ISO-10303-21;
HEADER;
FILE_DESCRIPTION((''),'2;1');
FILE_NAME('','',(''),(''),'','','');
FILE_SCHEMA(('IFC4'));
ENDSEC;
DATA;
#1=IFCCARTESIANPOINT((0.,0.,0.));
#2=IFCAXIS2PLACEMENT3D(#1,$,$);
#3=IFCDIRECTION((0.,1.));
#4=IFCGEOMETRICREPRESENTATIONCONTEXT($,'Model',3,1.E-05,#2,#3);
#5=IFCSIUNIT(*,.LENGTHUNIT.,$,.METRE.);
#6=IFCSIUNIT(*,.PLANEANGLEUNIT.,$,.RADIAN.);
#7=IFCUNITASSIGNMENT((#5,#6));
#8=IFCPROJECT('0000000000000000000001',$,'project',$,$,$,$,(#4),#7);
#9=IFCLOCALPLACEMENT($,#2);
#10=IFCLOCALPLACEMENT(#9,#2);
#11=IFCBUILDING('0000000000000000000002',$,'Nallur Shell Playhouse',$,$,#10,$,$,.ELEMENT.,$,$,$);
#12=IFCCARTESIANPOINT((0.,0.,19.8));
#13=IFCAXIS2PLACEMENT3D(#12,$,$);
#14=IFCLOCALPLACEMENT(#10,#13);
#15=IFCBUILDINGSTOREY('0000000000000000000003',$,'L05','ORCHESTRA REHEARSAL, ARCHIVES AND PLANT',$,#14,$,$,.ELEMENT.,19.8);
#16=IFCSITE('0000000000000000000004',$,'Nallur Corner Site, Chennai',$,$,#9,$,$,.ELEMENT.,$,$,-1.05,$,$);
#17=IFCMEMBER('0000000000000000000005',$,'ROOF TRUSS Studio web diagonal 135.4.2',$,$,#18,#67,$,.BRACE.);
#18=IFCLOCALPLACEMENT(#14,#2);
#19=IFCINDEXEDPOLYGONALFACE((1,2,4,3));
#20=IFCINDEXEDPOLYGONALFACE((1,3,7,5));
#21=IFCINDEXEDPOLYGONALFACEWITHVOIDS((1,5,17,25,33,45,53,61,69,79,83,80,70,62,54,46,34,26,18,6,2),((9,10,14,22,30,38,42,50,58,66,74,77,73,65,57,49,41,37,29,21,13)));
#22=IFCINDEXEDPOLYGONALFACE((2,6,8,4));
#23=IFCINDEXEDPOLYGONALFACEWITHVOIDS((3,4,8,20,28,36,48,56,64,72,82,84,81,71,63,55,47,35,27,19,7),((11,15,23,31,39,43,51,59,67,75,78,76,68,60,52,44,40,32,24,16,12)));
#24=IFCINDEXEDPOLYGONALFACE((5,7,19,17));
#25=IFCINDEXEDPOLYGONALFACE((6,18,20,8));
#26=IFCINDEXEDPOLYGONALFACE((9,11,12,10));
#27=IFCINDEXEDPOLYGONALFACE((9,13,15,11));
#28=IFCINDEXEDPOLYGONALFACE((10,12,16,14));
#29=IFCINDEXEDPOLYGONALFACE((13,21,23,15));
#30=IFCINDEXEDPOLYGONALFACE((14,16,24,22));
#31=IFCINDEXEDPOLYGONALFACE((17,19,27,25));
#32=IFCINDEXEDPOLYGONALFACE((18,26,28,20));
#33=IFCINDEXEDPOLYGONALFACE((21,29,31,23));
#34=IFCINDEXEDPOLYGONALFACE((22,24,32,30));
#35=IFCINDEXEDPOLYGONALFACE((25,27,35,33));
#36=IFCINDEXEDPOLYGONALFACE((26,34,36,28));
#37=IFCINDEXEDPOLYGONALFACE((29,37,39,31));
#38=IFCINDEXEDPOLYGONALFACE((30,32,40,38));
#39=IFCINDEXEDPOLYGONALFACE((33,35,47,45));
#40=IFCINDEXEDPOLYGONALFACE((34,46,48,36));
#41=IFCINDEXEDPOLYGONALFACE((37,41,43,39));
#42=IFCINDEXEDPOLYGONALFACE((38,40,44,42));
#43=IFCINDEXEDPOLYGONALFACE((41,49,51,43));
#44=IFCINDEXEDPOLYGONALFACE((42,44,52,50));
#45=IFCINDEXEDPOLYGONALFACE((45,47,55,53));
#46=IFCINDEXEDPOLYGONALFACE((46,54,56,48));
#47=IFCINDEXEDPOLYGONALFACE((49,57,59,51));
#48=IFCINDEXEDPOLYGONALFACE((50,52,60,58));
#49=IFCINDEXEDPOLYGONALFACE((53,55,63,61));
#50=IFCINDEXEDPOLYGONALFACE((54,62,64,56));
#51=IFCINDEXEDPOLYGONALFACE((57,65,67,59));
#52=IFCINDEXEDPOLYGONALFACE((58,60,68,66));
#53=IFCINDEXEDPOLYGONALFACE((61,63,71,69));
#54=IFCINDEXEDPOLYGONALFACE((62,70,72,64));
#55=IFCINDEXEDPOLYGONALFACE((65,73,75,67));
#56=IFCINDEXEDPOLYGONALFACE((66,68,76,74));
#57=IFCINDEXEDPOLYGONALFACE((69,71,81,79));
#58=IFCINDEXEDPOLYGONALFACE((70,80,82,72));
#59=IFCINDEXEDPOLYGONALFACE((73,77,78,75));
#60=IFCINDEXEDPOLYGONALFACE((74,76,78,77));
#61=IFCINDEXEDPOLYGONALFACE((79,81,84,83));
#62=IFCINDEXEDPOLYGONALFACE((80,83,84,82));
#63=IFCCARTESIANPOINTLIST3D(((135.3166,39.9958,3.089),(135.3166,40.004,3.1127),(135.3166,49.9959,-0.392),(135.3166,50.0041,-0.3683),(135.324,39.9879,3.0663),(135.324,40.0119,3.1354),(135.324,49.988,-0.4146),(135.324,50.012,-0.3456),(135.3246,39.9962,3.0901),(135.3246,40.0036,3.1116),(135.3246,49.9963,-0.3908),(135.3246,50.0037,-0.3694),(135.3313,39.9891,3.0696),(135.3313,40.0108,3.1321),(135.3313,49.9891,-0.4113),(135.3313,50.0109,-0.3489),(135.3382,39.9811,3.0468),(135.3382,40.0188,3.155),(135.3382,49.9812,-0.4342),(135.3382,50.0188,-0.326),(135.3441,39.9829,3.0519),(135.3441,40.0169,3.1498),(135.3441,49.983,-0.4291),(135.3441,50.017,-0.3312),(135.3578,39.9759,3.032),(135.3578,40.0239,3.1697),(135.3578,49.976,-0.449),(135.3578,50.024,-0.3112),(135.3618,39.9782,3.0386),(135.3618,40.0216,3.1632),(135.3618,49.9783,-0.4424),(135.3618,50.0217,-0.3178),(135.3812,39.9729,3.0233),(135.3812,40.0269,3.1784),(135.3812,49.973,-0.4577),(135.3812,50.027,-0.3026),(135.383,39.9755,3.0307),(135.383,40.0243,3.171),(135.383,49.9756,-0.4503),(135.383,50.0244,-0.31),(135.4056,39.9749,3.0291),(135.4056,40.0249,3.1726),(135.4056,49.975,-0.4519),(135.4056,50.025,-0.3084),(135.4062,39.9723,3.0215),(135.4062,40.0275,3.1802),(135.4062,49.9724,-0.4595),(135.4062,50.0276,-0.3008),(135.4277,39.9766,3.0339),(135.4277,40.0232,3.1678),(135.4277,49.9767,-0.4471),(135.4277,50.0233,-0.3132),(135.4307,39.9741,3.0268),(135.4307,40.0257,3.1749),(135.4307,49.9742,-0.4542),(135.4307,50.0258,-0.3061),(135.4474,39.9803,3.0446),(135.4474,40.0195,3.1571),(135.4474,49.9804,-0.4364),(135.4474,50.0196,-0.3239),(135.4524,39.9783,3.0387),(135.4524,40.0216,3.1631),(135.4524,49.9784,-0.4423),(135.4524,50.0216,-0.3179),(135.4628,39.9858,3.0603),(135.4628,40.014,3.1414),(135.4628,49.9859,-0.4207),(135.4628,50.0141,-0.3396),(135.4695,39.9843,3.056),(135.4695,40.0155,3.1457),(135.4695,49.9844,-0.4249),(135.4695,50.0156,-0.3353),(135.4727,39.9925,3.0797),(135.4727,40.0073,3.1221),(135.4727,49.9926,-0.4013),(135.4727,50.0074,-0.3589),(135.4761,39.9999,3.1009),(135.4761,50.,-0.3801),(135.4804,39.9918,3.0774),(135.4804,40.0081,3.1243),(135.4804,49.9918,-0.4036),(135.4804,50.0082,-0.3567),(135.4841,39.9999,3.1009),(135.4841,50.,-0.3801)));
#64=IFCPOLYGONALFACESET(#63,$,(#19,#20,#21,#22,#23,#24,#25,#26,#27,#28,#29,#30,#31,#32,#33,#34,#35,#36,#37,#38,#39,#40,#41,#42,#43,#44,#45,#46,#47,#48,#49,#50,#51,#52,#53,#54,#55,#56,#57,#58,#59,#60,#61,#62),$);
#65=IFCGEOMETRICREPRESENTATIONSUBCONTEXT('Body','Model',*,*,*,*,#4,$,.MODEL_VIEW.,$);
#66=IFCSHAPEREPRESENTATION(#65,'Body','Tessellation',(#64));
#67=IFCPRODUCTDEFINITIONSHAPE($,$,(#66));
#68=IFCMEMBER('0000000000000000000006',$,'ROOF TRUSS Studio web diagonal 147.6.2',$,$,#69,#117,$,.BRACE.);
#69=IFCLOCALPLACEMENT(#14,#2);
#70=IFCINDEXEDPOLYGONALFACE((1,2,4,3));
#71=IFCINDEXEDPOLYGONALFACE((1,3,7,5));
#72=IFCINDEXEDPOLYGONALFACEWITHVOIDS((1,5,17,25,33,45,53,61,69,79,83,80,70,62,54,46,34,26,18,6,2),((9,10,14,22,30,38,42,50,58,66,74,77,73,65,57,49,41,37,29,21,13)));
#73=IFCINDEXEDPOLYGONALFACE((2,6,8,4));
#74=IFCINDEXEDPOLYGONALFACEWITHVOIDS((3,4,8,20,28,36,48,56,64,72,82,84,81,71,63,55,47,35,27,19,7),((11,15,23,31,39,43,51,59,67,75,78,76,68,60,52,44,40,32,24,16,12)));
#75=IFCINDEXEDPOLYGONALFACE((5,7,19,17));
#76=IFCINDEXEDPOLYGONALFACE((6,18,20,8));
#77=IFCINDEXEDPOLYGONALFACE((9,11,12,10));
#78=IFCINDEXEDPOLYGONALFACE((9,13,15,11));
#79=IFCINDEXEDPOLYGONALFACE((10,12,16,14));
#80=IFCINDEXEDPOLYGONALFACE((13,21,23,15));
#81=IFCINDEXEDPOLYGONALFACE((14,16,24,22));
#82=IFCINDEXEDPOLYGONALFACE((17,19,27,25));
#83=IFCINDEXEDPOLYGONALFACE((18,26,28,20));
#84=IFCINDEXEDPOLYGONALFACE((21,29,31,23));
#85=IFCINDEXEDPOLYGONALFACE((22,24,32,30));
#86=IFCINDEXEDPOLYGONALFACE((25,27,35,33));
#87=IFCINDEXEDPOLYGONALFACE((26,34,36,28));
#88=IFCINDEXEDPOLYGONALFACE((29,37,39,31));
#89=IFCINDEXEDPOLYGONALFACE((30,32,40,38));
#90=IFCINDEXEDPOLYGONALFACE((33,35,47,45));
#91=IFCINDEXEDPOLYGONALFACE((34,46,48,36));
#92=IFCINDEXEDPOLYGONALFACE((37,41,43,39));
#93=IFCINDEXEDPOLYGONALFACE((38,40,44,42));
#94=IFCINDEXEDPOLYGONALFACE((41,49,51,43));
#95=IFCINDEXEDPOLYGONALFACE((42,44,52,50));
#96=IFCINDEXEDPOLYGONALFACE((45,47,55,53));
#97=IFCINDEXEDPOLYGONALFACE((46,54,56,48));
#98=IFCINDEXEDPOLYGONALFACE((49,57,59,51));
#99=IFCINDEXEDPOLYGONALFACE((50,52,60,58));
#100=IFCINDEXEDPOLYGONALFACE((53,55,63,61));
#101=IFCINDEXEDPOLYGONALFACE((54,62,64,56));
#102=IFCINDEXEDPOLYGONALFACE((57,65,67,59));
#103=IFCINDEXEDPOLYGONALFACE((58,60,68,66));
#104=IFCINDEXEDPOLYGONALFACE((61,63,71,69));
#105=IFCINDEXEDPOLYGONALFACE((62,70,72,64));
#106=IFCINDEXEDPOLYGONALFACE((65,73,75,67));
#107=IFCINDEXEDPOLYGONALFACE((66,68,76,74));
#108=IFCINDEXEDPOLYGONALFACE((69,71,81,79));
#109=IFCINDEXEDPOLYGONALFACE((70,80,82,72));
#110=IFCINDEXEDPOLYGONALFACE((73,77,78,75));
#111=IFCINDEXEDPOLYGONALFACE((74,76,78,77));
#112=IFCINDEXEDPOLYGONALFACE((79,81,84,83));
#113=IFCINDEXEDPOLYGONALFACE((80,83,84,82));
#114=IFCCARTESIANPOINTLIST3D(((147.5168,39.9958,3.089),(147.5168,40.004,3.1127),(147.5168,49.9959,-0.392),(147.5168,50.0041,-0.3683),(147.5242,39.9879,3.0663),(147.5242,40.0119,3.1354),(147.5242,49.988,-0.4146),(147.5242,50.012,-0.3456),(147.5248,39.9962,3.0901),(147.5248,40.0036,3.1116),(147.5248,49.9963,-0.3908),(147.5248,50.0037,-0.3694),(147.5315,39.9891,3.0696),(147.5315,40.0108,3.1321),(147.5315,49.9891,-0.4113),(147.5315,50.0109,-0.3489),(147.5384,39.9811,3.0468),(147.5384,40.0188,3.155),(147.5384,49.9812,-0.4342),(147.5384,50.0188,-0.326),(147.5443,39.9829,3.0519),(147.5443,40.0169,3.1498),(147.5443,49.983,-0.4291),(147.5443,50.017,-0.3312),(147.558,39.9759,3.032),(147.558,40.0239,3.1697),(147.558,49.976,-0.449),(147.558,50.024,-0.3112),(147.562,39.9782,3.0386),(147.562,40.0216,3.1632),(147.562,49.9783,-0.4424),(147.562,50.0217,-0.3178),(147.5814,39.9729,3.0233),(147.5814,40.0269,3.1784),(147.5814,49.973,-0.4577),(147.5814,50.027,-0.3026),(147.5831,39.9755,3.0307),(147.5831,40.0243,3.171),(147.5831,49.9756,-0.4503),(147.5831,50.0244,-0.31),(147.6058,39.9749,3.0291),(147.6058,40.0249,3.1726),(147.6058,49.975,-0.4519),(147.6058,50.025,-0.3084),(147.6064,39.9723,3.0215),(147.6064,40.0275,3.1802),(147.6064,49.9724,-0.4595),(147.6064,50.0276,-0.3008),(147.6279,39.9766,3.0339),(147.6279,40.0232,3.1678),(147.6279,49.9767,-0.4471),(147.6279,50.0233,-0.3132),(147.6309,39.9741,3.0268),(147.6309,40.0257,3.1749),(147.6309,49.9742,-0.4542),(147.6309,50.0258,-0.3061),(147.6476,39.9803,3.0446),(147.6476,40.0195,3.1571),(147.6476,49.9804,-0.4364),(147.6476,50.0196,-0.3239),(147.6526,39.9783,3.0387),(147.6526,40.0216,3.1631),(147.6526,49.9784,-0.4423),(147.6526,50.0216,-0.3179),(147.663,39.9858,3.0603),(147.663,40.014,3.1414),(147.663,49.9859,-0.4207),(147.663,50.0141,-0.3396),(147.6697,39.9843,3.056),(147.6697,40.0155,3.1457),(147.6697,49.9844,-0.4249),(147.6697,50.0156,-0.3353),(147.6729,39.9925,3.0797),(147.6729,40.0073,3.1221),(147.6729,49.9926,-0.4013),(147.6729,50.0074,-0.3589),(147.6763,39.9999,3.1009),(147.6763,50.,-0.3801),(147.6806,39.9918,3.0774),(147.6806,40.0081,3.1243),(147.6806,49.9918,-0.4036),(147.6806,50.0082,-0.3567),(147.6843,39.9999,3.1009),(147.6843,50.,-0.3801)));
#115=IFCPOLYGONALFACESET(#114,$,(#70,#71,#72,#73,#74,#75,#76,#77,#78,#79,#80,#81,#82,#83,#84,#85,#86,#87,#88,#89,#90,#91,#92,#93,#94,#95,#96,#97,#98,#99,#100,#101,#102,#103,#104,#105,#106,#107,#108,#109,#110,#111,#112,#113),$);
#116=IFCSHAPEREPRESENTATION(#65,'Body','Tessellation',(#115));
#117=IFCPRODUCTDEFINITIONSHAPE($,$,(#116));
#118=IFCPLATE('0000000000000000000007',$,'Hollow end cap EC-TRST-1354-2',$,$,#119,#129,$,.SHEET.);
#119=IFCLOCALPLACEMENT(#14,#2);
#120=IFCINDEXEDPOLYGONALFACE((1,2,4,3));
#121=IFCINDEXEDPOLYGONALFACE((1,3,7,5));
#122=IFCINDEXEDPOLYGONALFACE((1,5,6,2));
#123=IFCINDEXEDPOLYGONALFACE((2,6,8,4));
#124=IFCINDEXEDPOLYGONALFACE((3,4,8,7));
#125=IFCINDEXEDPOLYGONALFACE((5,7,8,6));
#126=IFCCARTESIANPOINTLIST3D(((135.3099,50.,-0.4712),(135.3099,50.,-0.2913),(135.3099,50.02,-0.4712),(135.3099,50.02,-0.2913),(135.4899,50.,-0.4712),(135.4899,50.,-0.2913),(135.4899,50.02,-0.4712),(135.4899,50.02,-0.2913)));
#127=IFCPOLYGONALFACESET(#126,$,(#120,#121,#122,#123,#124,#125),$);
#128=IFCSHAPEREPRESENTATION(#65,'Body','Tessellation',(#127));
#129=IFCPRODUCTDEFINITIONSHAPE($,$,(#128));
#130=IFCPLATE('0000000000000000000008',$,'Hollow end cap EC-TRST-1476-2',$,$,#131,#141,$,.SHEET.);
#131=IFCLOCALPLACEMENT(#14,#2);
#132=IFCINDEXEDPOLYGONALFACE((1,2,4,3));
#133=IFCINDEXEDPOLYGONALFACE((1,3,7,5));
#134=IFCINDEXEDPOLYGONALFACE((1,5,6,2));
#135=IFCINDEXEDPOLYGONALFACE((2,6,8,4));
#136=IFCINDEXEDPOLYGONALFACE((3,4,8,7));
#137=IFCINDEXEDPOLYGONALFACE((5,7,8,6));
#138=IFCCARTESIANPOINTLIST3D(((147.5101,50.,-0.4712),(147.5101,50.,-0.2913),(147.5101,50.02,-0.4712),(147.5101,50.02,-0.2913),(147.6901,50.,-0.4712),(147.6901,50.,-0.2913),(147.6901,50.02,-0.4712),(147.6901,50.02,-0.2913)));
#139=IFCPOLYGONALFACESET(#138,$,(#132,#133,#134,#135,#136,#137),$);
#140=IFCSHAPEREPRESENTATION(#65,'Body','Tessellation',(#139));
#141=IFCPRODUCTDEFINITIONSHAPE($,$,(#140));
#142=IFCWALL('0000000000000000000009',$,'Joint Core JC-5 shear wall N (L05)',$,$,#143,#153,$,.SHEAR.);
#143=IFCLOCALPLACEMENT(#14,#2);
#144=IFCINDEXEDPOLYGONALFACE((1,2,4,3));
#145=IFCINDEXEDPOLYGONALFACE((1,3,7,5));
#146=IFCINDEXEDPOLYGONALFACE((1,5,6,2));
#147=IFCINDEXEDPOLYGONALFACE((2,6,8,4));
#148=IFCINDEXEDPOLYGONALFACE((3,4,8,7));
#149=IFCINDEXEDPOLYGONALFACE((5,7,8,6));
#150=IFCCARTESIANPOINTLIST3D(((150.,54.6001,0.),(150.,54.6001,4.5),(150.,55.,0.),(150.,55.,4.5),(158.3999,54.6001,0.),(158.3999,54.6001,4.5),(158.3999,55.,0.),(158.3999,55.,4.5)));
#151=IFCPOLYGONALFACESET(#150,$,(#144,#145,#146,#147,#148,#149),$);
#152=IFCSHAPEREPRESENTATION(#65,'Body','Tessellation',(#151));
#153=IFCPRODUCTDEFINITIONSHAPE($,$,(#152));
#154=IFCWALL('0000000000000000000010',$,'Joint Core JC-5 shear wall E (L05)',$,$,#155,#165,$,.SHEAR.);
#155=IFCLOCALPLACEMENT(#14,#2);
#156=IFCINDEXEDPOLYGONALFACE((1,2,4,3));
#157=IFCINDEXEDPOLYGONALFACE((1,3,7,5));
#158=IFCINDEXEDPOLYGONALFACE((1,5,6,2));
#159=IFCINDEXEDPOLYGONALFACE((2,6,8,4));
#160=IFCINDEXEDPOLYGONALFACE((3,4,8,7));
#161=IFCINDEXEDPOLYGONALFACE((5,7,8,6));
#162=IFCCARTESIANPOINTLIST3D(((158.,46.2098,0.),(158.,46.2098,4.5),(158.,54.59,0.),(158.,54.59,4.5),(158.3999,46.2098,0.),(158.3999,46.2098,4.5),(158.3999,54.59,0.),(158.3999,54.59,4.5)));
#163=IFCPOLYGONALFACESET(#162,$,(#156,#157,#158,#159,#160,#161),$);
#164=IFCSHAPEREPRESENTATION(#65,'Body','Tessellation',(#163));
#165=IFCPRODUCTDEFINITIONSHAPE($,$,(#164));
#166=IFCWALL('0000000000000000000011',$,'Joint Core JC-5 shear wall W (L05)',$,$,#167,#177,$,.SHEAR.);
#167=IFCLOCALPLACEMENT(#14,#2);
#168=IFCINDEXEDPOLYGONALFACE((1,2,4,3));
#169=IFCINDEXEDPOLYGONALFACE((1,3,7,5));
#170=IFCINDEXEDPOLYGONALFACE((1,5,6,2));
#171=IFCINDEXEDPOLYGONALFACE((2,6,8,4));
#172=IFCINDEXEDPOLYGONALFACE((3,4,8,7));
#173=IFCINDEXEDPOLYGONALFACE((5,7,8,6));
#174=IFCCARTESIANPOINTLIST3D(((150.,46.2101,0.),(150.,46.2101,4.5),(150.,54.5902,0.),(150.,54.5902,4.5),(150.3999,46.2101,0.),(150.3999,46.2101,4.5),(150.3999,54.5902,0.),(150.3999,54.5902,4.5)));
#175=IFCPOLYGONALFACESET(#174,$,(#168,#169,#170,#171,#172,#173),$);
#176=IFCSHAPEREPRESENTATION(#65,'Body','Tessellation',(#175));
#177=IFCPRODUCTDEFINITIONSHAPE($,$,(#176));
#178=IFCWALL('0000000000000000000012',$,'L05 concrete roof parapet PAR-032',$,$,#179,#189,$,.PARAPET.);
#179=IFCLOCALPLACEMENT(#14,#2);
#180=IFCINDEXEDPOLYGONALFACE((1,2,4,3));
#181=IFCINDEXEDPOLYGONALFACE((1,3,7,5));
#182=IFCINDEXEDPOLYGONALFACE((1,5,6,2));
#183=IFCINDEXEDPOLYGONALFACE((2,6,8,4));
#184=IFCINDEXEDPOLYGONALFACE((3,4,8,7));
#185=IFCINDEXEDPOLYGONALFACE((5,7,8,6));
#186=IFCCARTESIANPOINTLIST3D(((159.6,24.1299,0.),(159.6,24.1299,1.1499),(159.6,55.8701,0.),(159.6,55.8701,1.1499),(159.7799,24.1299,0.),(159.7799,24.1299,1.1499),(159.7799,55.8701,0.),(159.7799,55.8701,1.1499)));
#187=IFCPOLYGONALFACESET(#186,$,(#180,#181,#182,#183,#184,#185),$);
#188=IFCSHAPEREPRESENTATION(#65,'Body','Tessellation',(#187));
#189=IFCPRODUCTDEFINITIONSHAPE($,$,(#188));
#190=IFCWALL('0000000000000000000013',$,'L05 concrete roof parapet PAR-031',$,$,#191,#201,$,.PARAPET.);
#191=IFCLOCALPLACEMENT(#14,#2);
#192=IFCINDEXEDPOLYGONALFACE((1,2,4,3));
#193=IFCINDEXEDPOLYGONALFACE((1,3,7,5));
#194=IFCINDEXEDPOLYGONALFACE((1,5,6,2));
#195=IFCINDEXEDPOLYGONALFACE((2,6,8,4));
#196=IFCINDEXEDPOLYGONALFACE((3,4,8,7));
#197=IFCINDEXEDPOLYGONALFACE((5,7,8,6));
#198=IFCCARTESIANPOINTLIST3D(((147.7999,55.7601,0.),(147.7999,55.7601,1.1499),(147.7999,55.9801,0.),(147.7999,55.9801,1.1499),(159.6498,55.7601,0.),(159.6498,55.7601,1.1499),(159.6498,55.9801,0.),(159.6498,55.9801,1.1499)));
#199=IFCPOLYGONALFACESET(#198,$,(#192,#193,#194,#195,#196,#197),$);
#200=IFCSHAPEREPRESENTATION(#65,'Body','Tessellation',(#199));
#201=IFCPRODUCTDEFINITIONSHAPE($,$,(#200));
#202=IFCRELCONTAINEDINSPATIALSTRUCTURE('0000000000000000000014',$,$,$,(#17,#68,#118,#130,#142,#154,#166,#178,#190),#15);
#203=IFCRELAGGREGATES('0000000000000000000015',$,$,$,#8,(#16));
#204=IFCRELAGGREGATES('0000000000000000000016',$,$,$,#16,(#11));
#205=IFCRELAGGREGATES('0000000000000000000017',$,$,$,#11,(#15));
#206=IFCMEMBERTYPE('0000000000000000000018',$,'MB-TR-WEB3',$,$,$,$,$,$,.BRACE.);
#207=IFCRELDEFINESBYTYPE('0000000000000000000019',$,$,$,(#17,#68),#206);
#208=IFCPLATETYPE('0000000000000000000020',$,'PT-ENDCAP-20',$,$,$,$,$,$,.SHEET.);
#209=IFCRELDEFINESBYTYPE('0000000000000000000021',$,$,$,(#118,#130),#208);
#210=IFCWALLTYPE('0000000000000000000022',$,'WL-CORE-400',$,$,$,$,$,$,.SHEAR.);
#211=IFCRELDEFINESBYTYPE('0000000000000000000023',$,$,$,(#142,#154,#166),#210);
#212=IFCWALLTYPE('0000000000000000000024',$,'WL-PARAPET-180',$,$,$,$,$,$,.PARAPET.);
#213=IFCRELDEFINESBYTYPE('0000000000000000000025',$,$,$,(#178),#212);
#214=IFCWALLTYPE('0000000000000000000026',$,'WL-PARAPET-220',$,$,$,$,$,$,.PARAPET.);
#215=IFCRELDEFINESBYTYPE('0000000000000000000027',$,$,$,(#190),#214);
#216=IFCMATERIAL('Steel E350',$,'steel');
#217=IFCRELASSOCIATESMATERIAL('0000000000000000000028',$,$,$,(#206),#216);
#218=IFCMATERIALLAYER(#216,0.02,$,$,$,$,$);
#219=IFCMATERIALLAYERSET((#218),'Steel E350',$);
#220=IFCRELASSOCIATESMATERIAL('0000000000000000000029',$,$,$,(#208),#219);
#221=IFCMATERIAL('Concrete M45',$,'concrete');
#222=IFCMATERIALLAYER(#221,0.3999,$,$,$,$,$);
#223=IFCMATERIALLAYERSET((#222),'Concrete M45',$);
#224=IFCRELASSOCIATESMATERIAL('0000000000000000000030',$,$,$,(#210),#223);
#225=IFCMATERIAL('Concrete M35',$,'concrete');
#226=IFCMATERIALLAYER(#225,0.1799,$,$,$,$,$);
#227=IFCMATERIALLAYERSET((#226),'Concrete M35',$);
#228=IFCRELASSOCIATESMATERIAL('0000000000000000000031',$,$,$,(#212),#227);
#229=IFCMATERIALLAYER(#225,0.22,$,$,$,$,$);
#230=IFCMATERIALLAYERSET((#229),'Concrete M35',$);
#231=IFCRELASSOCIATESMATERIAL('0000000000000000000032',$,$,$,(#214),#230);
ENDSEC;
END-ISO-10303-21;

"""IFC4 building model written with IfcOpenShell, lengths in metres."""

from ifc_helpers import new_model, si_unit, direction, frame, frame_2d, origin, origin_2d, place, context, subcontext, project, spatial, rectangle, hollow_circle, extrude, material, layer, layer_set, material_profile, profile_set, type_object, element, save


model = new_model("IFC4")

# Units and contexts
model_context = context("Model", 3, precision=1e-05, world=origin(), true_north=direction((0.0, 1.0)))
body_context = subcontext(model_context, "Body", "Model", "MODEL_VIEW")
ifc_project = project(units=[si_unit("LENGTHUNIT", "METRE"), si_unit("PLANEANGLEUNIT", "RADIAN")], contexts=[model_context])

# Site, building, storey
site_placement = place(None, origin())
site = spatial("IfcSite", under=ifc_project, at=site_placement, Name="Nallur Corner Site, Chennai", CompositionType="ELEMENT", RefElevation=-1.05)
building_placement = place(site_placement, origin())
building = spatial("IfcBuilding", under=site, at=building_placement, Name="Nallur Shell Playhouse", CompositionType="ELEMENT")
storey_placement = place(building_placement, frame((0.0, 0.0, 19.8)))
storey = spatial("IfcBuildingStorey", under=building, at=storey_placement, Name="L05", Description="ORCHESTRA REHEARSAL, ARCHIVES AND PLANT", CompositionType="ELEMENT", Elevation=19.8)

# Shared definitions
ifc_material_1 = material(Name="Steel E350", Category="steel")

# Members
ifc_material_profile_1 = material_profile(ifc_material_1, hollow_circle(Radius=0.0842, WallThickness=0.0081, at=origin_2d()), Name="CHS 168.3x8")
ifc_profile_set_1 = profile_set([ifc_material_profile_1], Name="Steel E350")
member_type_1 = type_object("IfcMemberType", Name="MB-TR-WEB3", PredefinedType="BRACE", material=ifc_profile_set_1)
for number, where, z_axis, x_axis, name in (
    (1, (135.3999, 50.0, -0.3801), (0.0, -0.944418, 0.328748), (1.0, 0.0, 0.0), "ROOF TRUSS Studio web diagonal 135.4.2"),
    (2, (147.6001, 50.0, -0.3801), (0.0, -0.944418, 0.328748), (1.0, 0.0, 0.0), "ROOF TRUSS Studio web diagonal 147.6.2"),
):
    element("IfcMember", number, at=place(storey_placement, frame(where, z_axis=z_axis, x_axis=x_axis)), inside=storey, type_object=member_type_1, Name=name, PredefinedType="BRACE", context=body_context, shape_type="SweptSolid", body=[
        extrude(hollow_circle(Radius=0.0842, WallThickness=0.0081, at=origin_2d()), origin(), (0.0, 0.0, 1.0), 10.5886),
    ])

# Plates
ifc_layer_1 = layer(ifc_material_1, 0.02)
ifc_layer_set_1 = layer_set([ifc_layer_1], Name="Steel E350")
plate_type = type_object("IfcPlateType", Name="PT-ENDCAP-20", PredefinedType="SHEET", material=ifc_layer_set_1)
for number, where, z_axis, x_axis, name in (
    (3, (135.3999, 50.01, -0.4712), (0.0, 0.0, 1.0), (1.0, 0.0, 0.0), "Hollow end cap EC-TRST-1354-2"),
    (4, (147.6001, 50.01, -0.4712), (0.0, 0.0, 1.0), (1.0, 0.0, 0.0), "Hollow end cap EC-TRST-1476-2"),
):
    element("IfcPlate", number, at=place(storey_placement, frame(where, z_axis=z_axis, x_axis=x_axis)), inside=storey, type_object=plate_type, Name=name, PredefinedType="SHEET", context=body_context, shape_type="SweptSolid", body=[
        extrude(rectangle(XDim=0.1799, YDim=0.02, at=origin_2d()), origin(), (0.0, 0.0, 1.0), 0.1799),
    ])

# Shared definitions
ifc_material_2 = material(Name="Concrete M45", Category="concrete")
ifc_layer_2 = layer(ifc_material_2, 0.3999)
ifc_layer_set_2 = layer_set([ifc_layer_2], Name="Concrete M45")
wall_type_1 = type_object("IfcWallType", Name="WL-CORE-400", PredefinedType="SHEAR", material=ifc_layer_set_2)

# Walls
wall_1_placement = place(storey_placement, frame((158.3999, 54.8, 0.0), z_axis=(0.0, 0.0, 1.0), x_axis=(-1.0, 0.0, 0.0)))
element("IfcWall", 5, at=wall_1_placement, inside=storey, type_object=wall_type_1, Name="Joint Core JC-5 shear wall N (L05)", PredefinedType="SHEAR", context=body_context, shape_type="SweptSolid", body=[
    extrude(rectangle(XDim=8.3999, YDim=0.3999, at=frame_2d((4.2, 0.0))), origin(), (0.0, 0.0, 1.0), 4.5),
])
for number, where, z_axis, x_axis, name in (
    (6, (158.2, 46.21, 0.0), (0.0, 0.0, 1.0), (0.0, 1.0, 0.0), "Joint Core JC-5 shear wall E (L05)"),
    (7, (150.2, 54.5901, 0.0), (0.0, 0.0, 1.0), (0.0, -1.0, 0.0), "Joint Core JC-5 shear wall W (L05)"),
):
    element("IfcWall", number, at=place(storey_placement, frame(where, z_axis=z_axis, x_axis=x_axis)), inside=storey, type_object=wall_type_1, Name=name, PredefinedType="SHEAR", context=body_context, shape_type="SweptSolid", body=[
        extrude(rectangle(XDim=8.3801, YDim=0.3999, at=frame_2d((4.1899, 0.0))), origin(), (0.0, 0.0, 1.0), 4.5),
    ])
ifc_material_3 = material(Name="Concrete M35", Category="concrete")
ifc_layer_3 = layer(ifc_material_3, 0.1799)
ifc_layer_set_3 = layer_set([ifc_layer_3], Name="Concrete M35")
wall_type_2 = type_object("IfcWallType", Name="WL-PARAPET-180", PredefinedType="PARAPET", material=ifc_layer_set_3)
wall_2_placement = place(storey_placement, frame((159.6899, 55.8701, 0.0), z_axis=(0.0, 0.0, 1.0), x_axis=(0.0, -1.0, 0.0)))
element("IfcWall", 8, at=wall_2_placement, inside=storey, type_object=wall_type_2, Name="L05 concrete roof parapet PAR-032", PredefinedType="PARAPET", context=body_context, shape_type="SweptSolid", body=[
    extrude(rectangle(XDim=31.7402, YDim=0.1799, at=frame_2d((15.8701, 0.0))), origin(), (0.0, 0.0, 1.0), 1.1499),
])
ifc_layer_4 = layer(ifc_material_3, 0.22)
ifc_layer_set_4 = layer_set([ifc_layer_4], Name="Concrete M35")
wall_type_3 = type_object("IfcWallType", Name="WL-PARAPET-220", PredefinedType="PARAPET", material=ifc_layer_set_4)
wall_3_placement = place(storey_placement, frame((147.8, 55.8701, 0.0), z_axis=(0.0, 0.0, 1.0), x_axis=(1.0, 0.0, 0.0)))
element("IfcWall", 9, at=wall_3_placement, inside=storey, type_object=wall_type_3, Name="L05 concrete roof parapet PAR-031", PredefinedType="PARAPET", context=body_context, shape_type="SweptSolid", body=[
    extrude(rectangle(XDim=11.8499, YDim=0.22, at=frame_2d((5.9248, 0.0))), origin(), (0.0, 0.0, 1.0), 1.1499),
])

save(model, "model.ifc")
